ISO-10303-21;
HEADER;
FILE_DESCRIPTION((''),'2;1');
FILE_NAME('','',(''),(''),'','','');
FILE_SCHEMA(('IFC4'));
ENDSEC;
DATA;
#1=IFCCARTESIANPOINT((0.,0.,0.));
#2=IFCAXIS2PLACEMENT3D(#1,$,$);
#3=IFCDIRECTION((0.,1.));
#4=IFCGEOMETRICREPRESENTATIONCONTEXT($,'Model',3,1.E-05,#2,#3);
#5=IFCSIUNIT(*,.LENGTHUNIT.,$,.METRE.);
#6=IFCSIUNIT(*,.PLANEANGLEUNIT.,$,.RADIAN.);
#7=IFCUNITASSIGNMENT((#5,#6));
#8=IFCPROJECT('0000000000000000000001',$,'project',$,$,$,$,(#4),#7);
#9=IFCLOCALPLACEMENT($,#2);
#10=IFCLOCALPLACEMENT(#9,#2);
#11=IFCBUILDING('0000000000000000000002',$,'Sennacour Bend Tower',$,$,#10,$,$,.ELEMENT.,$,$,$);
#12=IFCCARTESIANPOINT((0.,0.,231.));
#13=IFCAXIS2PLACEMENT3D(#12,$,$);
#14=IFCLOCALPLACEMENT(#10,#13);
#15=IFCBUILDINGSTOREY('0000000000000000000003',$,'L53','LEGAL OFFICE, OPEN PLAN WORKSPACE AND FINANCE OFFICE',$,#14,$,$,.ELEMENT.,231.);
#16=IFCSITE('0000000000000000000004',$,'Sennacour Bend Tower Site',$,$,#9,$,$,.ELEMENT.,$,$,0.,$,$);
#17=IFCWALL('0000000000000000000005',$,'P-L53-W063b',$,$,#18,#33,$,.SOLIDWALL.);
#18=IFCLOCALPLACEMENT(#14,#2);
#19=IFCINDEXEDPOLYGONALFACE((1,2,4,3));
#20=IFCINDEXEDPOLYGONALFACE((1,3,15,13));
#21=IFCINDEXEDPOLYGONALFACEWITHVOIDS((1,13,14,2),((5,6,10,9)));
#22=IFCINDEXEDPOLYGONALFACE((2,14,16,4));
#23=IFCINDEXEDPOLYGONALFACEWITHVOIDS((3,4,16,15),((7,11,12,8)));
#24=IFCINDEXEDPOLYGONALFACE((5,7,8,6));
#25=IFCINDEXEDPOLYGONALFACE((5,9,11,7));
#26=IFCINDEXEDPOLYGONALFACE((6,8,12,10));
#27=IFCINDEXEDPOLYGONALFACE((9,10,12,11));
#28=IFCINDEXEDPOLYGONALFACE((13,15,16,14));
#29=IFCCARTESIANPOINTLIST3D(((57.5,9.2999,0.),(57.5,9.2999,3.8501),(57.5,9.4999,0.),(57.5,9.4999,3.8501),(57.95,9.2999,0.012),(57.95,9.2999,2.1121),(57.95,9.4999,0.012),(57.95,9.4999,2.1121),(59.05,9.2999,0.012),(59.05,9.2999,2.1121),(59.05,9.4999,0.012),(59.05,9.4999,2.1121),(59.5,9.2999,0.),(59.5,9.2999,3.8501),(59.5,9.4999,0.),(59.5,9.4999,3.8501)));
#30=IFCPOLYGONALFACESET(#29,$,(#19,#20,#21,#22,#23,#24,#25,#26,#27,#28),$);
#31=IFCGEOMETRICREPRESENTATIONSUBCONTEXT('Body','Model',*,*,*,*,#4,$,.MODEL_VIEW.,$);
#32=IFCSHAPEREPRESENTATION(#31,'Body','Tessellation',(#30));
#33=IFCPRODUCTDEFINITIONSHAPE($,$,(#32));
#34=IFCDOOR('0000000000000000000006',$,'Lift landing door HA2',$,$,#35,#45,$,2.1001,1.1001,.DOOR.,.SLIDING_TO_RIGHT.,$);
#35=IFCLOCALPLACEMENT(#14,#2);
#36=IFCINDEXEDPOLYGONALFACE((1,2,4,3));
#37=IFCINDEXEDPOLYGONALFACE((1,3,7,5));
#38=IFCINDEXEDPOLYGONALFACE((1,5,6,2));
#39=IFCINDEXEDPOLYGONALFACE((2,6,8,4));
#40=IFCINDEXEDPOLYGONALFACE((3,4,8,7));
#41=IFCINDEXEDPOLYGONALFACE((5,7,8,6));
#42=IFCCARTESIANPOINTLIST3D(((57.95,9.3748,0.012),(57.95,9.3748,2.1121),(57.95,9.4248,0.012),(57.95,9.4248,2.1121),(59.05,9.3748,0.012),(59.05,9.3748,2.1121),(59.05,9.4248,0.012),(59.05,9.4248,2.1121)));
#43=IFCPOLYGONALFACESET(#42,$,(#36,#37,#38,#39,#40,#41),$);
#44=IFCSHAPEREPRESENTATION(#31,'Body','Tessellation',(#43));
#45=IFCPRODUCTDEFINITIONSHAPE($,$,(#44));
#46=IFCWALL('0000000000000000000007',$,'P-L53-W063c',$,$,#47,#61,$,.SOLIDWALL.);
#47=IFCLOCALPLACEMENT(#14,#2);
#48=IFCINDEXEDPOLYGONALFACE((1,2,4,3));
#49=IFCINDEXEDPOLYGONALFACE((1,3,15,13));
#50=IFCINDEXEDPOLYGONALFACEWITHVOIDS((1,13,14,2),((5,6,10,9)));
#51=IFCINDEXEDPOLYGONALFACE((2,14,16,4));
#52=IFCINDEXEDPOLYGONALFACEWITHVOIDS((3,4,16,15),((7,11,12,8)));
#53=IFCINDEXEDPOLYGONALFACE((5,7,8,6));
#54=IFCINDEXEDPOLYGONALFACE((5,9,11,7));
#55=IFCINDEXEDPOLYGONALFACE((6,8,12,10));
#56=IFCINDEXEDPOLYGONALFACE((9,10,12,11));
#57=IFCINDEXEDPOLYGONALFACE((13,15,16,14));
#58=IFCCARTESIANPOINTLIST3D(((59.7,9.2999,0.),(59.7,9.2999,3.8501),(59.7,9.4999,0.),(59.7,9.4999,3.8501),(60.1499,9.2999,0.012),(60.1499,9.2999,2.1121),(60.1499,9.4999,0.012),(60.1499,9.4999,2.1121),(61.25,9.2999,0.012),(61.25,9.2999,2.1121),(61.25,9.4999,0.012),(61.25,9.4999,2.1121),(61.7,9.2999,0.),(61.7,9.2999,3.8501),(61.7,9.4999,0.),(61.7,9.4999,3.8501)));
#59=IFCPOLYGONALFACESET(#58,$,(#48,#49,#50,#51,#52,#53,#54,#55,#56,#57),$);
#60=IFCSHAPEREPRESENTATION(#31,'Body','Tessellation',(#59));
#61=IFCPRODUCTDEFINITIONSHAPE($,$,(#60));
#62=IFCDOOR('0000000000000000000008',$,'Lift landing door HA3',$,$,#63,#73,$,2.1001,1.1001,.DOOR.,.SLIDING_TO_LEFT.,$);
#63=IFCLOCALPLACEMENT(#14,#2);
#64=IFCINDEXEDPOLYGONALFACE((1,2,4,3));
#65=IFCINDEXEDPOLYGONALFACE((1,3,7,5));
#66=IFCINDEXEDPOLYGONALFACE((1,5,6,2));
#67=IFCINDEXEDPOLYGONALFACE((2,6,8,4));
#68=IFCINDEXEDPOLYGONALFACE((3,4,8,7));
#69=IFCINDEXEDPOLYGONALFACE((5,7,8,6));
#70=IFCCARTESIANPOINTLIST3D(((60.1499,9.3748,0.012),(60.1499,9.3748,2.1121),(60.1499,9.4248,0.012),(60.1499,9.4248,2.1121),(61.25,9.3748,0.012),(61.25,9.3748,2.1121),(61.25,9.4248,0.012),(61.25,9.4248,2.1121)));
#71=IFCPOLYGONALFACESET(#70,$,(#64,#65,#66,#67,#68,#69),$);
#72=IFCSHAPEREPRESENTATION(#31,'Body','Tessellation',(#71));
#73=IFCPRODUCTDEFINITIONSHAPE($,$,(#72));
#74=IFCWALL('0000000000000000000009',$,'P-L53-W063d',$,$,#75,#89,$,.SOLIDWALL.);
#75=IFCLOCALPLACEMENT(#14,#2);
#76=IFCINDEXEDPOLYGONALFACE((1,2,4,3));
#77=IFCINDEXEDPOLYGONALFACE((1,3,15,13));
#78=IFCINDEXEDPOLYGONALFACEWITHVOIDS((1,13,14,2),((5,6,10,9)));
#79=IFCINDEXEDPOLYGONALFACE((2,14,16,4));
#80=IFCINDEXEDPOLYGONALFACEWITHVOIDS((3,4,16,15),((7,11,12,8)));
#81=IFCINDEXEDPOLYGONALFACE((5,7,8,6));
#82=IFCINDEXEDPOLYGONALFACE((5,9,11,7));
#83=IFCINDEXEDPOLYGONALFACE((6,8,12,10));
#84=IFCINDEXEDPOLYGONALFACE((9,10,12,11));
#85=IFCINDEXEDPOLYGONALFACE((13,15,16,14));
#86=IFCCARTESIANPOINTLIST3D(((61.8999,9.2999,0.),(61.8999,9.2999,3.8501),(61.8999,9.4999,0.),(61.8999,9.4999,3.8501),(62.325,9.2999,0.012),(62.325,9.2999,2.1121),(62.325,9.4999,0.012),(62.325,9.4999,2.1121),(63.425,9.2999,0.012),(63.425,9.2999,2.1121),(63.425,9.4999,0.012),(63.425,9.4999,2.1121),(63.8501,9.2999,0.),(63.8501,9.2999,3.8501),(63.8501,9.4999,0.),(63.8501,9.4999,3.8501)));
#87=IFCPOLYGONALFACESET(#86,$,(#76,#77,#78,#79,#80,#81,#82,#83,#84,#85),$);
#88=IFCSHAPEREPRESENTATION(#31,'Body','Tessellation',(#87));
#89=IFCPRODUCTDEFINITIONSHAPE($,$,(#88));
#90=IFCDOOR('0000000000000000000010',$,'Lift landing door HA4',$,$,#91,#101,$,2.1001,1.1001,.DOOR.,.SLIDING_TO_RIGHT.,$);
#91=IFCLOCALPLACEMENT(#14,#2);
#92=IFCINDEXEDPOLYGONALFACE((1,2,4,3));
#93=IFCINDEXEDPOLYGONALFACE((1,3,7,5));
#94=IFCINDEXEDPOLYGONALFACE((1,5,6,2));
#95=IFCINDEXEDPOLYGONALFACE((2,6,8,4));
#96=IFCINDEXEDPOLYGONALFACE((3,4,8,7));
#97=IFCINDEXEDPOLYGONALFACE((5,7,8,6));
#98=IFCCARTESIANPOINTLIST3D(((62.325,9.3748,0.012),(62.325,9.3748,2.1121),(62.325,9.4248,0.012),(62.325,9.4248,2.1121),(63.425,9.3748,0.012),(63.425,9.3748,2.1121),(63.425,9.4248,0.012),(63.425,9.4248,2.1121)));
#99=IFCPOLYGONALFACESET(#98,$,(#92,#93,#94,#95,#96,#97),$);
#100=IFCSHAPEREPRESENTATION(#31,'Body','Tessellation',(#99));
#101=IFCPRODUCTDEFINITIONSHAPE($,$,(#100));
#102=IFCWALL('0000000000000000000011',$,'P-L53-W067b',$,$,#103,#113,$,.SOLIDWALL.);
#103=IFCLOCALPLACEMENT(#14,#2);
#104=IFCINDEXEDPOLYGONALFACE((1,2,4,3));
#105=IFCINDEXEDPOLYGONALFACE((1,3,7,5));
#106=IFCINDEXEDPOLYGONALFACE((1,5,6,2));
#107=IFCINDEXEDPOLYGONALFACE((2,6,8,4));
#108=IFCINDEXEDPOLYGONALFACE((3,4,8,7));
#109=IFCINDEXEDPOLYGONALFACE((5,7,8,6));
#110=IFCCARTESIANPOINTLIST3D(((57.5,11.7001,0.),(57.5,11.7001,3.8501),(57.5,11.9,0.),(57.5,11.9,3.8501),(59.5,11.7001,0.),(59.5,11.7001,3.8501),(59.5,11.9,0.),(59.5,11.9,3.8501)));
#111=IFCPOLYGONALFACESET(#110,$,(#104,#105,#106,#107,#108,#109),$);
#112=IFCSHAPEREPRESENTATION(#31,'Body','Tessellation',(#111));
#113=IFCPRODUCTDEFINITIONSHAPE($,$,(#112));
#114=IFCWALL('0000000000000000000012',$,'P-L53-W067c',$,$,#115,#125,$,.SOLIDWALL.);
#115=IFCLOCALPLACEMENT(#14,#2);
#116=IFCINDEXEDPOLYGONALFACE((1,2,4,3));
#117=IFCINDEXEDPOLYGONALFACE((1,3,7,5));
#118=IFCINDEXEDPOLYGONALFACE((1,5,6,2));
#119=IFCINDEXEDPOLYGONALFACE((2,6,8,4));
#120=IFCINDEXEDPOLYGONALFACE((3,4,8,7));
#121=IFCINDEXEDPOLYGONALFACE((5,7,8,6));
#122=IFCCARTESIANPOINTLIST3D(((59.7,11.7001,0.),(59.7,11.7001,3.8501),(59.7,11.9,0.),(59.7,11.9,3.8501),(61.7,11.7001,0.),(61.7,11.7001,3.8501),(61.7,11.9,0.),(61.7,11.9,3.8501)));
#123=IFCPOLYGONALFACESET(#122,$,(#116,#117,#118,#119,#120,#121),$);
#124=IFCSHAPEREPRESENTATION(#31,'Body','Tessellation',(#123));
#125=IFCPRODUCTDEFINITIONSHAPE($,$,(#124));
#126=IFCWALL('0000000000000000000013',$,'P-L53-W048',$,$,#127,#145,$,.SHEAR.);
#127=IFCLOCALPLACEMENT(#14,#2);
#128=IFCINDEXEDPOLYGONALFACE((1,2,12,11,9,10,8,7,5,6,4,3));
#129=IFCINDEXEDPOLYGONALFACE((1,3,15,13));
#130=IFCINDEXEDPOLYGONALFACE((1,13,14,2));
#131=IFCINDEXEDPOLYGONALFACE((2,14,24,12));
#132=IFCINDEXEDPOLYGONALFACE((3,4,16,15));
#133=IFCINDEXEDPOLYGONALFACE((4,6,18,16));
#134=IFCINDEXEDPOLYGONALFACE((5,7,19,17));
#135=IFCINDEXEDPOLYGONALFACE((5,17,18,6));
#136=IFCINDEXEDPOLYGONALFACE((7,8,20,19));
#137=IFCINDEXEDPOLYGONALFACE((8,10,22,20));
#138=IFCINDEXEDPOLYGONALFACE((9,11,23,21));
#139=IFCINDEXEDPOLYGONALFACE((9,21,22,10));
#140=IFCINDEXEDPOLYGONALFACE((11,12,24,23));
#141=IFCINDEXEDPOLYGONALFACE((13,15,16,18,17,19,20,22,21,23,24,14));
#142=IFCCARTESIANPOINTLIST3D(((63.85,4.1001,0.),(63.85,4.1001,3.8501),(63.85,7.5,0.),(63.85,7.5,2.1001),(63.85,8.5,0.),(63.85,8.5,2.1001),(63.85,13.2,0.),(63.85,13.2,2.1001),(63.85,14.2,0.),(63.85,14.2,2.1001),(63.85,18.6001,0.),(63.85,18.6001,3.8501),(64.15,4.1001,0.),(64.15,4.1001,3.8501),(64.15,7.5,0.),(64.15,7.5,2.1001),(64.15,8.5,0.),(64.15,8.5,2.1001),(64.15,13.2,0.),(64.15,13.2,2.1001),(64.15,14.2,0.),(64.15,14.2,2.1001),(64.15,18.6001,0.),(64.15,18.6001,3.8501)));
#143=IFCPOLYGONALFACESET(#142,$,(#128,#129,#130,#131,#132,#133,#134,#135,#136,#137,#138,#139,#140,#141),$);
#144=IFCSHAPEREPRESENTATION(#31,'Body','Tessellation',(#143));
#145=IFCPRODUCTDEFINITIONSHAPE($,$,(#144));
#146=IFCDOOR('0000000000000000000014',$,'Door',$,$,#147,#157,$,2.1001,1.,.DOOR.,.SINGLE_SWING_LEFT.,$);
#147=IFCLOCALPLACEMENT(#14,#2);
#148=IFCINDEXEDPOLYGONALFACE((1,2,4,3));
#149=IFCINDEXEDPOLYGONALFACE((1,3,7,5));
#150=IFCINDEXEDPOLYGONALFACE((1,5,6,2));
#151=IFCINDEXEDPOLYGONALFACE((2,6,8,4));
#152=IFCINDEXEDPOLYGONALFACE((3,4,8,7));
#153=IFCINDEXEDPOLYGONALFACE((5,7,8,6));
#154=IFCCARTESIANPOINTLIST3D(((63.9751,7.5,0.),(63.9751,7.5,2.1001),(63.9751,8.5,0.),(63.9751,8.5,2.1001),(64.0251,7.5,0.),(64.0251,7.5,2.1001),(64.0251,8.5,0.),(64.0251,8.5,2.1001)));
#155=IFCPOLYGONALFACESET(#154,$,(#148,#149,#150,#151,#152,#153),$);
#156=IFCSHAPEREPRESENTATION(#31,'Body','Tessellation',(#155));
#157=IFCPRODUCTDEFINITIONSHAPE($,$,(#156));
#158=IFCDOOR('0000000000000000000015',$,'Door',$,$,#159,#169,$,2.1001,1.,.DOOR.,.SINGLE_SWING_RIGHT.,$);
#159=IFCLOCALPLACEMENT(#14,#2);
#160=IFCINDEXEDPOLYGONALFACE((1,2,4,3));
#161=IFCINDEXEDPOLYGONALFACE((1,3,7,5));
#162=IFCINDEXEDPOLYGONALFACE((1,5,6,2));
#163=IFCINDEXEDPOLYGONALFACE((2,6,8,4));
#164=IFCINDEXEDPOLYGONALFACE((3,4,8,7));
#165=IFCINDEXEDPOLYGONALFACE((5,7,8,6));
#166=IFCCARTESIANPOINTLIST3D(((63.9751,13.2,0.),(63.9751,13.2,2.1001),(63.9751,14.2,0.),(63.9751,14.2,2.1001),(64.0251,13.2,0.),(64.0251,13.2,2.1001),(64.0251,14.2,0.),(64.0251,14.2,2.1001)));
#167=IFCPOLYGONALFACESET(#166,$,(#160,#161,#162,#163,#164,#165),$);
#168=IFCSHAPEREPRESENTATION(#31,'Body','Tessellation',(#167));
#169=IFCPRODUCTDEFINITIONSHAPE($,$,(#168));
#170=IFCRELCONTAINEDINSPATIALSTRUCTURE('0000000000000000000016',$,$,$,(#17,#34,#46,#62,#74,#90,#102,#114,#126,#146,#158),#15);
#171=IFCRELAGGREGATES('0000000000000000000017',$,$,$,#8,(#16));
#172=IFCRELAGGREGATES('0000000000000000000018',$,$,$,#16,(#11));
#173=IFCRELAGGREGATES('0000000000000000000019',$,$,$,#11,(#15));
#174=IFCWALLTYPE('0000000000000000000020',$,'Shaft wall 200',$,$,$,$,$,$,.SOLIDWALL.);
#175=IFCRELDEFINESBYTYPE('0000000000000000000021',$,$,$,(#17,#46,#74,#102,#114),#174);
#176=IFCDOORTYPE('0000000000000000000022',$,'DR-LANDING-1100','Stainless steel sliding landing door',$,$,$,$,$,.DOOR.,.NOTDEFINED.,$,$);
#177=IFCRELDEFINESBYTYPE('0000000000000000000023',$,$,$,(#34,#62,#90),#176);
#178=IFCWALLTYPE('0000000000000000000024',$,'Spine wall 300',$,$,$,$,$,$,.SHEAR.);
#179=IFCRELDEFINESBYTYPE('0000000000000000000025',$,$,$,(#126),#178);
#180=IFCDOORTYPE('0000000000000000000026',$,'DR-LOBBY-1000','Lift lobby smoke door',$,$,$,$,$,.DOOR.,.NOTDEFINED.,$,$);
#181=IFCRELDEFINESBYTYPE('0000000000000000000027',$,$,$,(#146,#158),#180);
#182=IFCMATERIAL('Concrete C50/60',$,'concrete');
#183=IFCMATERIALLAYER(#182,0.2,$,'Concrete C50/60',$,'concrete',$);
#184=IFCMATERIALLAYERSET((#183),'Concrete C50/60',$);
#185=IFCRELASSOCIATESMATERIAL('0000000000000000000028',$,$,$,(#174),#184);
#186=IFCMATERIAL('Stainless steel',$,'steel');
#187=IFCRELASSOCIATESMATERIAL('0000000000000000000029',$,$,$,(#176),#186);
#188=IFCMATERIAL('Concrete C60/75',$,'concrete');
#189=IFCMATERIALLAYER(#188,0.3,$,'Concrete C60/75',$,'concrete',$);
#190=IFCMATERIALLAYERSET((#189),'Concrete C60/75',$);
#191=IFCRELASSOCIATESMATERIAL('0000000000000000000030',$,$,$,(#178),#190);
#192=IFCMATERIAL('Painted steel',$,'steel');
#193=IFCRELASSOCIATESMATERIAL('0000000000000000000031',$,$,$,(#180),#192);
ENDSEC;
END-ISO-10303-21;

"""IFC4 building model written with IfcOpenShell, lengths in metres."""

from ifc_helpers import new_model, si_unit, direction, frame, frame_2d, origin, place, context, subcontext, project, spatial, rectangle, extrude, material, layer, layer_set, type_object, element, fill, save


model = new_model("IFC4")

# Units and contexts
model_context = context("Model", 3, precision=1e-05, world=origin(), true_north=direction((0.0, 1.0)))
body_context = subcontext(model_context, "Body", "Model", "MODEL_VIEW")
ifc_project = project(units=[si_unit("LENGTHUNIT", "METRE"), si_unit("PLANEANGLEUNIT", "RADIAN")], contexts=[model_context])

# Site, building, storey
site_placement = place(None, origin())
site = spatial("IfcSite", under=ifc_project, at=site_placement, Name="Sennacour Bend Tower Site", CompositionType="ELEMENT", RefElevation=0.0)
building_placement = place(site_placement, origin())
building = spatial("IfcBuilding", under=site, at=building_placement, Name="Sennacour Bend Tower", CompositionType="ELEMENT")
storey_placement = place(building_placement, frame((0.0, 0.0, 231.0)))
storey = spatial("IfcBuildingStorey", under=building, at=storey_placement, Name="L53", Description="LEGAL OFFICE, OPEN PLAN WORKSPACE AND FINANCE OFFICE", CompositionType="ELEMENT", Elevation=231.0)

# Shared definitions
ifc_material_1 = material(Name="Concrete C60/75", Category="concrete")

# Shared definitions
ifc_material_2 = material(Name="Painted steel", Category="steel")

# Shared definitions
ifc_material_3 = material(Name="Concrete C50/60", Category="concrete")
ifc_layer_1 = layer(ifc_material_3, 0.2, Name="Concrete C50/60", Category="concrete")
ifc_layer_set_1 = layer_set([ifc_layer_1], Name="Concrete C50/60")
wall_type_1 = type_object("IfcWallType", Name="Shaft wall 200", PredefinedType="SOLIDWALL", material=ifc_layer_set_1)

# Walls, openings, doors
wall_1_placement = place(storey_placement, frame((57.5, 9.3999, 0.0), z_axis=(0.0, 0.0, 1.0), x_axis=(1.0, 0.0, 0.0)))
wall_1 = element("IfcWall", 1, at=wall_1_placement, inside=storey, type_object=wall_type_1, Name="P-L53-W063b", PredefinedType="SOLIDWALL", context=body_context, shape_type="SweptSolid", body=[
    extrude(rectangle(XDim=2.0, YDim=0.2, at=frame_2d((1.0, 0.0))), origin(), (0.0, 0.0, 1.0), 3.8501),
])
opening_1_placement = place(wall_1_placement, frame((0.45, 0.0, 0.012)))
opening_1 = element("IfcOpeningElement", 2, at=opening_1_placement, cuts=wall_1, PredefinedType="OPENING", context=body_context, shape_type="SweptSolid", body=[
    extrude(rectangle(XDim=1.1001, YDim=2.1001, at=frame_2d((0.55, 1.05))), frame((0.0, 0.1099, 0.0), z_axis=(0.0, -1.0, 0.0), x_axis=(1.0, 0.0, 0.0)), (0.0, 0.0, 1.0), 0.22),
])
ifc_material_4 = material(Name="Stainless steel", Category="steel")
door_type_1 = type_object("IfcDoorType", Name="DR-LANDING-1100", Description="Stainless steel sliding landing door", OperationType="NOTDEFINED", PredefinedType="DOOR", material=ifc_material_4)
door_1_placement = place(opening_1_placement, origin())
door_1 = element("IfcDoor", 3, at=door_1_placement, inside=storey, type_object=door_type_1, Name="Lift landing door HA2", OperationType="SLIDING_TO_RIGHT", OverallHeight=2.1001, OverallWidth=1.1001, PredefinedType="DOOR", context=body_context, shape_type="SweptSolid", body=[
    extrude(rectangle(XDim=1.1001, YDim=2.1001, at=frame_2d((0.55, 1.05))), frame((0.0, 0.0249, 0.0), z_axis=(0.0, -1.0, 0.0), x_axis=(1.0, 0.0, 0.0)), (0.0, 0.0, 1.0), 0.05),
])
fill(opening_1, door_1)
wall_2_placement = place(storey_placement, frame((59.7, 9.3999, 0.0), z_axis=(0.0, 0.0, 1.0), x_axis=(1.0, 0.0, 0.0)))
wall_2 = element("IfcWall", 4, at=wall_2_placement, inside=storey, type_object=wall_type_1, Name="P-L53-W063c", PredefinedType="SOLIDWALL", context=body_context, shape_type="SweptSolid", body=[
    extrude(rectangle(XDim=2.0, YDim=0.2, at=frame_2d((1.0, 0.0))), origin(), (0.0, 0.0, 1.0), 3.8501),
])
opening_2_placement = place(wall_2_placement, frame((0.45, 0.0, 0.012)))
opening_2 = element("IfcOpeningElement", 5, at=opening_2_placement, cuts=wall_2, PredefinedType="OPENING", context=body_context, shape_type="SweptSolid", body=[
    extrude(rectangle(XDim=1.1001, YDim=2.1001, at=frame_2d((0.55, 1.05))), frame((0.0, 0.1099, 0.0), z_axis=(0.0, -1.0, 0.0), x_axis=(1.0, 0.0, 0.0)), (0.0, 0.0, 1.0), 0.22),
])
door_2_placement = place(opening_2_placement, origin())
door_2 = element("IfcDoor", 6, at=door_2_placement, inside=storey, type_object=door_type_1, Name="Lift landing door HA3", OperationType="SLIDING_TO_LEFT", OverallHeight=2.1001, OverallWidth=1.1001, PredefinedType="DOOR", context=body_context, shape_type="SweptSolid", body=[
    extrude(rectangle(XDim=1.1001, YDim=2.1001, at=frame_2d((0.55, 1.05))), frame((0.0, 0.0249, 0.0), z_axis=(0.0, -1.0, 0.0), x_axis=(1.0, 0.0, 0.0)), (0.0, 0.0, 1.0), 0.05),
])
fill(opening_2, door_2)
wall_3_placement = place(storey_placement, frame((61.8999, 9.3999, 0.0), z_axis=(0.0, 0.0, 1.0), x_axis=(1.0, 0.0, 0.0)))
wall_3 = element("IfcWall", 7, at=wall_3_placement, inside=storey, type_object=wall_type_1, Name="P-L53-W063d", PredefinedType="SOLIDWALL", context=body_context, shape_type="SweptSolid", body=[
    extrude(rectangle(XDim=1.9502, YDim=0.2, at=frame_2d((0.9751, 0.0))), origin(), (0.0, 0.0, 1.0), 3.8501),
])
opening_3_placement = place(wall_3_placement, frame((0.425, 0.0, 0.012)))
opening_3 = element("IfcOpeningElement", 8, at=opening_3_placement, cuts=wall_3, PredefinedType="OPENING", context=body_context, shape_type="SweptSolid", body=[
    extrude(rectangle(XDim=1.1001, YDim=2.1001, at=frame_2d((0.55, 1.05))), frame((0.0, 0.1099, 0.0), z_axis=(0.0, -1.0, 0.0), x_axis=(1.0, 0.0, 0.0)), (0.0, 0.0, 1.0), 0.22),
])
door_3_placement = place(opening_3_placement, origin())
door_3 = element("IfcDoor", 9, at=door_3_placement, inside=storey, type_object=door_type_1, Name="Lift landing door HA4", OperationType="SLIDING_TO_RIGHT", OverallHeight=2.1001, OverallWidth=1.1001, PredefinedType="DOOR", context=body_context, shape_type="SweptSolid", body=[
    extrude(rectangle(XDim=1.1001, YDim=2.1001, at=frame_2d((0.55, 1.05))), frame((0.0, 0.0249, 0.0), z_axis=(0.0, -1.0, 0.0), x_axis=(1.0, 0.0, 0.0)), (0.0, 0.0, 1.0), 0.05),
])
fill(opening_3, door_3)

# Walls
for number, where, z_axis, x_axis, name in (
    (10, (57.5, 11.8, 0.0), (0.0, 0.0, 1.0), (1.0, 0.0, 0.0), "P-L53-W067b"),
    (11, (59.7, 11.8, 0.0), (0.0, 0.0, 1.0), (1.0, 0.0, 0.0), "P-L53-W067c"),
):
    element("IfcWall", number, at=place(storey_placement, frame(where, z_axis=z_axis, x_axis=x_axis)), inside=storey, type_object=wall_type_1, Name=name, PredefinedType="SOLIDWALL", context=body_context, shape_type="SweptSolid", body=[
        extrude(rectangle(XDim=2.0, YDim=0.2, at=frame_2d((1.0, 0.0))), origin(), (0.0, 0.0, 1.0), 3.8501),
    ])

# Wall, openings, doors
ifc_layer_2 = layer(ifc_material_1, 0.3, Name="Concrete C60/75", Category="concrete")
ifc_layer_set_2 = layer_set([ifc_layer_2], Name="Concrete C60/75")
wall_type_2 = type_object("IfcWallType", Name="Spine wall 300", PredefinedType="SHEAR", material=ifc_layer_set_2)
wall_4_placement = place(storey_placement, frame((64.0, 4.1001, 0.0), z_axis=(0.0, 0.0, 1.0), x_axis=(0.0, 1.0, 0.0)))
wall_4 = element("IfcWall", 12, at=wall_4_placement, inside=storey, type_object=wall_type_2, Name="P-L53-W048", PredefinedType="SHEAR", context=body_context, shape_type="SweptSolid", body=[
    extrude(rectangle(XDim=14.5, YDim=0.3, at=frame_2d((7.25, 0.0))), origin(), (0.0, 0.0, 1.0), 3.8501),
])
opening_4_placement = place(wall_4_placement, frame((3.3999, 0.0, 0.0)))
opening_4 = element("IfcOpeningElement", 13, at=opening_4_placement, cuts=wall_4, PredefinedType="OPENING", context=body_context, shape_type="SweptSolid", body=[
    extrude(rectangle(XDim=1.0, YDim=2.1001, at=frame_2d((0.5, 1.05))), frame((0.0, 0.1602, 0.0), z_axis=(0.0, -1.0, 0.0), x_axis=(1.0, 0.0, 0.0)), (0.0, 0.0, 1.0), 0.3201),
])
opening_5_placement = place(wall_4_placement, frame((9.0999, 0.0, 0.0)))
opening_5 = element("IfcOpeningElement", 14, at=opening_5_placement, cuts=wall_4, PredefinedType="OPENING", context=body_context, shape_type="SweptSolid", body=[
    extrude(rectangle(XDim=1.0, YDim=2.1001, at=frame_2d((0.5, 1.05))), frame((0.0, 0.1602, 0.0), z_axis=(0.0, -1.0, 0.0), x_axis=(1.0, 0.0, 0.0)), (0.0, 0.0, 1.0), 0.3201),
])
door_type_2 = type_object("IfcDoorType", Name="DR-LOBBY-1000", Description="Lift lobby smoke door", OperationType="NOTDEFINED", PredefinedType="DOOR", material=ifc_material_2)
door_4_placement = place(opening_4_placement, origin())
door_4 = element("IfcDoor", 15, at=door_4_placement, inside=storey, type_object=door_type_2, Name="Door", OperationType="SINGLE_SWING_LEFT", OverallHeight=2.1001, OverallWidth=1.0, PredefinedType="DOOR", context=body_context, shape_type="SweptSolid", body=[
    extrude(rectangle(XDim=1.0, YDim=2.1001, at=frame_2d((0.5, 1.05))), frame((0.0, 0.0249, 0.0), z_axis=(0.0, -1.0, 0.0), x_axis=(1.0, 0.0, 0.0)), (0.0, 0.0, 1.0), 0.05),
])
fill(opening_4, door_4)
door_5_placement = place(opening_5_placement, origin())
door_5 = element("IfcDoor", 16, at=door_5_placement, inside=storey, type_object=door_type_2, Name="Door", OperationType="SINGLE_SWING_RIGHT", OverallHeight=2.1001, OverallWidth=1.0, PredefinedType="DOOR", context=body_context, shape_type="SweptSolid", body=[
    extrude(rectangle(XDim=1.0, YDim=2.1001, at=frame_2d((0.5, 1.05))), frame((0.0, 0.0249, 0.0), z_axis=(0.0, -1.0, 0.0), x_axis=(1.0, 0.0, 0.0)), (0.0, 0.0, 1.0), 0.05),
])
fill(opening_5, door_5)

save(model, "model.ifc")
